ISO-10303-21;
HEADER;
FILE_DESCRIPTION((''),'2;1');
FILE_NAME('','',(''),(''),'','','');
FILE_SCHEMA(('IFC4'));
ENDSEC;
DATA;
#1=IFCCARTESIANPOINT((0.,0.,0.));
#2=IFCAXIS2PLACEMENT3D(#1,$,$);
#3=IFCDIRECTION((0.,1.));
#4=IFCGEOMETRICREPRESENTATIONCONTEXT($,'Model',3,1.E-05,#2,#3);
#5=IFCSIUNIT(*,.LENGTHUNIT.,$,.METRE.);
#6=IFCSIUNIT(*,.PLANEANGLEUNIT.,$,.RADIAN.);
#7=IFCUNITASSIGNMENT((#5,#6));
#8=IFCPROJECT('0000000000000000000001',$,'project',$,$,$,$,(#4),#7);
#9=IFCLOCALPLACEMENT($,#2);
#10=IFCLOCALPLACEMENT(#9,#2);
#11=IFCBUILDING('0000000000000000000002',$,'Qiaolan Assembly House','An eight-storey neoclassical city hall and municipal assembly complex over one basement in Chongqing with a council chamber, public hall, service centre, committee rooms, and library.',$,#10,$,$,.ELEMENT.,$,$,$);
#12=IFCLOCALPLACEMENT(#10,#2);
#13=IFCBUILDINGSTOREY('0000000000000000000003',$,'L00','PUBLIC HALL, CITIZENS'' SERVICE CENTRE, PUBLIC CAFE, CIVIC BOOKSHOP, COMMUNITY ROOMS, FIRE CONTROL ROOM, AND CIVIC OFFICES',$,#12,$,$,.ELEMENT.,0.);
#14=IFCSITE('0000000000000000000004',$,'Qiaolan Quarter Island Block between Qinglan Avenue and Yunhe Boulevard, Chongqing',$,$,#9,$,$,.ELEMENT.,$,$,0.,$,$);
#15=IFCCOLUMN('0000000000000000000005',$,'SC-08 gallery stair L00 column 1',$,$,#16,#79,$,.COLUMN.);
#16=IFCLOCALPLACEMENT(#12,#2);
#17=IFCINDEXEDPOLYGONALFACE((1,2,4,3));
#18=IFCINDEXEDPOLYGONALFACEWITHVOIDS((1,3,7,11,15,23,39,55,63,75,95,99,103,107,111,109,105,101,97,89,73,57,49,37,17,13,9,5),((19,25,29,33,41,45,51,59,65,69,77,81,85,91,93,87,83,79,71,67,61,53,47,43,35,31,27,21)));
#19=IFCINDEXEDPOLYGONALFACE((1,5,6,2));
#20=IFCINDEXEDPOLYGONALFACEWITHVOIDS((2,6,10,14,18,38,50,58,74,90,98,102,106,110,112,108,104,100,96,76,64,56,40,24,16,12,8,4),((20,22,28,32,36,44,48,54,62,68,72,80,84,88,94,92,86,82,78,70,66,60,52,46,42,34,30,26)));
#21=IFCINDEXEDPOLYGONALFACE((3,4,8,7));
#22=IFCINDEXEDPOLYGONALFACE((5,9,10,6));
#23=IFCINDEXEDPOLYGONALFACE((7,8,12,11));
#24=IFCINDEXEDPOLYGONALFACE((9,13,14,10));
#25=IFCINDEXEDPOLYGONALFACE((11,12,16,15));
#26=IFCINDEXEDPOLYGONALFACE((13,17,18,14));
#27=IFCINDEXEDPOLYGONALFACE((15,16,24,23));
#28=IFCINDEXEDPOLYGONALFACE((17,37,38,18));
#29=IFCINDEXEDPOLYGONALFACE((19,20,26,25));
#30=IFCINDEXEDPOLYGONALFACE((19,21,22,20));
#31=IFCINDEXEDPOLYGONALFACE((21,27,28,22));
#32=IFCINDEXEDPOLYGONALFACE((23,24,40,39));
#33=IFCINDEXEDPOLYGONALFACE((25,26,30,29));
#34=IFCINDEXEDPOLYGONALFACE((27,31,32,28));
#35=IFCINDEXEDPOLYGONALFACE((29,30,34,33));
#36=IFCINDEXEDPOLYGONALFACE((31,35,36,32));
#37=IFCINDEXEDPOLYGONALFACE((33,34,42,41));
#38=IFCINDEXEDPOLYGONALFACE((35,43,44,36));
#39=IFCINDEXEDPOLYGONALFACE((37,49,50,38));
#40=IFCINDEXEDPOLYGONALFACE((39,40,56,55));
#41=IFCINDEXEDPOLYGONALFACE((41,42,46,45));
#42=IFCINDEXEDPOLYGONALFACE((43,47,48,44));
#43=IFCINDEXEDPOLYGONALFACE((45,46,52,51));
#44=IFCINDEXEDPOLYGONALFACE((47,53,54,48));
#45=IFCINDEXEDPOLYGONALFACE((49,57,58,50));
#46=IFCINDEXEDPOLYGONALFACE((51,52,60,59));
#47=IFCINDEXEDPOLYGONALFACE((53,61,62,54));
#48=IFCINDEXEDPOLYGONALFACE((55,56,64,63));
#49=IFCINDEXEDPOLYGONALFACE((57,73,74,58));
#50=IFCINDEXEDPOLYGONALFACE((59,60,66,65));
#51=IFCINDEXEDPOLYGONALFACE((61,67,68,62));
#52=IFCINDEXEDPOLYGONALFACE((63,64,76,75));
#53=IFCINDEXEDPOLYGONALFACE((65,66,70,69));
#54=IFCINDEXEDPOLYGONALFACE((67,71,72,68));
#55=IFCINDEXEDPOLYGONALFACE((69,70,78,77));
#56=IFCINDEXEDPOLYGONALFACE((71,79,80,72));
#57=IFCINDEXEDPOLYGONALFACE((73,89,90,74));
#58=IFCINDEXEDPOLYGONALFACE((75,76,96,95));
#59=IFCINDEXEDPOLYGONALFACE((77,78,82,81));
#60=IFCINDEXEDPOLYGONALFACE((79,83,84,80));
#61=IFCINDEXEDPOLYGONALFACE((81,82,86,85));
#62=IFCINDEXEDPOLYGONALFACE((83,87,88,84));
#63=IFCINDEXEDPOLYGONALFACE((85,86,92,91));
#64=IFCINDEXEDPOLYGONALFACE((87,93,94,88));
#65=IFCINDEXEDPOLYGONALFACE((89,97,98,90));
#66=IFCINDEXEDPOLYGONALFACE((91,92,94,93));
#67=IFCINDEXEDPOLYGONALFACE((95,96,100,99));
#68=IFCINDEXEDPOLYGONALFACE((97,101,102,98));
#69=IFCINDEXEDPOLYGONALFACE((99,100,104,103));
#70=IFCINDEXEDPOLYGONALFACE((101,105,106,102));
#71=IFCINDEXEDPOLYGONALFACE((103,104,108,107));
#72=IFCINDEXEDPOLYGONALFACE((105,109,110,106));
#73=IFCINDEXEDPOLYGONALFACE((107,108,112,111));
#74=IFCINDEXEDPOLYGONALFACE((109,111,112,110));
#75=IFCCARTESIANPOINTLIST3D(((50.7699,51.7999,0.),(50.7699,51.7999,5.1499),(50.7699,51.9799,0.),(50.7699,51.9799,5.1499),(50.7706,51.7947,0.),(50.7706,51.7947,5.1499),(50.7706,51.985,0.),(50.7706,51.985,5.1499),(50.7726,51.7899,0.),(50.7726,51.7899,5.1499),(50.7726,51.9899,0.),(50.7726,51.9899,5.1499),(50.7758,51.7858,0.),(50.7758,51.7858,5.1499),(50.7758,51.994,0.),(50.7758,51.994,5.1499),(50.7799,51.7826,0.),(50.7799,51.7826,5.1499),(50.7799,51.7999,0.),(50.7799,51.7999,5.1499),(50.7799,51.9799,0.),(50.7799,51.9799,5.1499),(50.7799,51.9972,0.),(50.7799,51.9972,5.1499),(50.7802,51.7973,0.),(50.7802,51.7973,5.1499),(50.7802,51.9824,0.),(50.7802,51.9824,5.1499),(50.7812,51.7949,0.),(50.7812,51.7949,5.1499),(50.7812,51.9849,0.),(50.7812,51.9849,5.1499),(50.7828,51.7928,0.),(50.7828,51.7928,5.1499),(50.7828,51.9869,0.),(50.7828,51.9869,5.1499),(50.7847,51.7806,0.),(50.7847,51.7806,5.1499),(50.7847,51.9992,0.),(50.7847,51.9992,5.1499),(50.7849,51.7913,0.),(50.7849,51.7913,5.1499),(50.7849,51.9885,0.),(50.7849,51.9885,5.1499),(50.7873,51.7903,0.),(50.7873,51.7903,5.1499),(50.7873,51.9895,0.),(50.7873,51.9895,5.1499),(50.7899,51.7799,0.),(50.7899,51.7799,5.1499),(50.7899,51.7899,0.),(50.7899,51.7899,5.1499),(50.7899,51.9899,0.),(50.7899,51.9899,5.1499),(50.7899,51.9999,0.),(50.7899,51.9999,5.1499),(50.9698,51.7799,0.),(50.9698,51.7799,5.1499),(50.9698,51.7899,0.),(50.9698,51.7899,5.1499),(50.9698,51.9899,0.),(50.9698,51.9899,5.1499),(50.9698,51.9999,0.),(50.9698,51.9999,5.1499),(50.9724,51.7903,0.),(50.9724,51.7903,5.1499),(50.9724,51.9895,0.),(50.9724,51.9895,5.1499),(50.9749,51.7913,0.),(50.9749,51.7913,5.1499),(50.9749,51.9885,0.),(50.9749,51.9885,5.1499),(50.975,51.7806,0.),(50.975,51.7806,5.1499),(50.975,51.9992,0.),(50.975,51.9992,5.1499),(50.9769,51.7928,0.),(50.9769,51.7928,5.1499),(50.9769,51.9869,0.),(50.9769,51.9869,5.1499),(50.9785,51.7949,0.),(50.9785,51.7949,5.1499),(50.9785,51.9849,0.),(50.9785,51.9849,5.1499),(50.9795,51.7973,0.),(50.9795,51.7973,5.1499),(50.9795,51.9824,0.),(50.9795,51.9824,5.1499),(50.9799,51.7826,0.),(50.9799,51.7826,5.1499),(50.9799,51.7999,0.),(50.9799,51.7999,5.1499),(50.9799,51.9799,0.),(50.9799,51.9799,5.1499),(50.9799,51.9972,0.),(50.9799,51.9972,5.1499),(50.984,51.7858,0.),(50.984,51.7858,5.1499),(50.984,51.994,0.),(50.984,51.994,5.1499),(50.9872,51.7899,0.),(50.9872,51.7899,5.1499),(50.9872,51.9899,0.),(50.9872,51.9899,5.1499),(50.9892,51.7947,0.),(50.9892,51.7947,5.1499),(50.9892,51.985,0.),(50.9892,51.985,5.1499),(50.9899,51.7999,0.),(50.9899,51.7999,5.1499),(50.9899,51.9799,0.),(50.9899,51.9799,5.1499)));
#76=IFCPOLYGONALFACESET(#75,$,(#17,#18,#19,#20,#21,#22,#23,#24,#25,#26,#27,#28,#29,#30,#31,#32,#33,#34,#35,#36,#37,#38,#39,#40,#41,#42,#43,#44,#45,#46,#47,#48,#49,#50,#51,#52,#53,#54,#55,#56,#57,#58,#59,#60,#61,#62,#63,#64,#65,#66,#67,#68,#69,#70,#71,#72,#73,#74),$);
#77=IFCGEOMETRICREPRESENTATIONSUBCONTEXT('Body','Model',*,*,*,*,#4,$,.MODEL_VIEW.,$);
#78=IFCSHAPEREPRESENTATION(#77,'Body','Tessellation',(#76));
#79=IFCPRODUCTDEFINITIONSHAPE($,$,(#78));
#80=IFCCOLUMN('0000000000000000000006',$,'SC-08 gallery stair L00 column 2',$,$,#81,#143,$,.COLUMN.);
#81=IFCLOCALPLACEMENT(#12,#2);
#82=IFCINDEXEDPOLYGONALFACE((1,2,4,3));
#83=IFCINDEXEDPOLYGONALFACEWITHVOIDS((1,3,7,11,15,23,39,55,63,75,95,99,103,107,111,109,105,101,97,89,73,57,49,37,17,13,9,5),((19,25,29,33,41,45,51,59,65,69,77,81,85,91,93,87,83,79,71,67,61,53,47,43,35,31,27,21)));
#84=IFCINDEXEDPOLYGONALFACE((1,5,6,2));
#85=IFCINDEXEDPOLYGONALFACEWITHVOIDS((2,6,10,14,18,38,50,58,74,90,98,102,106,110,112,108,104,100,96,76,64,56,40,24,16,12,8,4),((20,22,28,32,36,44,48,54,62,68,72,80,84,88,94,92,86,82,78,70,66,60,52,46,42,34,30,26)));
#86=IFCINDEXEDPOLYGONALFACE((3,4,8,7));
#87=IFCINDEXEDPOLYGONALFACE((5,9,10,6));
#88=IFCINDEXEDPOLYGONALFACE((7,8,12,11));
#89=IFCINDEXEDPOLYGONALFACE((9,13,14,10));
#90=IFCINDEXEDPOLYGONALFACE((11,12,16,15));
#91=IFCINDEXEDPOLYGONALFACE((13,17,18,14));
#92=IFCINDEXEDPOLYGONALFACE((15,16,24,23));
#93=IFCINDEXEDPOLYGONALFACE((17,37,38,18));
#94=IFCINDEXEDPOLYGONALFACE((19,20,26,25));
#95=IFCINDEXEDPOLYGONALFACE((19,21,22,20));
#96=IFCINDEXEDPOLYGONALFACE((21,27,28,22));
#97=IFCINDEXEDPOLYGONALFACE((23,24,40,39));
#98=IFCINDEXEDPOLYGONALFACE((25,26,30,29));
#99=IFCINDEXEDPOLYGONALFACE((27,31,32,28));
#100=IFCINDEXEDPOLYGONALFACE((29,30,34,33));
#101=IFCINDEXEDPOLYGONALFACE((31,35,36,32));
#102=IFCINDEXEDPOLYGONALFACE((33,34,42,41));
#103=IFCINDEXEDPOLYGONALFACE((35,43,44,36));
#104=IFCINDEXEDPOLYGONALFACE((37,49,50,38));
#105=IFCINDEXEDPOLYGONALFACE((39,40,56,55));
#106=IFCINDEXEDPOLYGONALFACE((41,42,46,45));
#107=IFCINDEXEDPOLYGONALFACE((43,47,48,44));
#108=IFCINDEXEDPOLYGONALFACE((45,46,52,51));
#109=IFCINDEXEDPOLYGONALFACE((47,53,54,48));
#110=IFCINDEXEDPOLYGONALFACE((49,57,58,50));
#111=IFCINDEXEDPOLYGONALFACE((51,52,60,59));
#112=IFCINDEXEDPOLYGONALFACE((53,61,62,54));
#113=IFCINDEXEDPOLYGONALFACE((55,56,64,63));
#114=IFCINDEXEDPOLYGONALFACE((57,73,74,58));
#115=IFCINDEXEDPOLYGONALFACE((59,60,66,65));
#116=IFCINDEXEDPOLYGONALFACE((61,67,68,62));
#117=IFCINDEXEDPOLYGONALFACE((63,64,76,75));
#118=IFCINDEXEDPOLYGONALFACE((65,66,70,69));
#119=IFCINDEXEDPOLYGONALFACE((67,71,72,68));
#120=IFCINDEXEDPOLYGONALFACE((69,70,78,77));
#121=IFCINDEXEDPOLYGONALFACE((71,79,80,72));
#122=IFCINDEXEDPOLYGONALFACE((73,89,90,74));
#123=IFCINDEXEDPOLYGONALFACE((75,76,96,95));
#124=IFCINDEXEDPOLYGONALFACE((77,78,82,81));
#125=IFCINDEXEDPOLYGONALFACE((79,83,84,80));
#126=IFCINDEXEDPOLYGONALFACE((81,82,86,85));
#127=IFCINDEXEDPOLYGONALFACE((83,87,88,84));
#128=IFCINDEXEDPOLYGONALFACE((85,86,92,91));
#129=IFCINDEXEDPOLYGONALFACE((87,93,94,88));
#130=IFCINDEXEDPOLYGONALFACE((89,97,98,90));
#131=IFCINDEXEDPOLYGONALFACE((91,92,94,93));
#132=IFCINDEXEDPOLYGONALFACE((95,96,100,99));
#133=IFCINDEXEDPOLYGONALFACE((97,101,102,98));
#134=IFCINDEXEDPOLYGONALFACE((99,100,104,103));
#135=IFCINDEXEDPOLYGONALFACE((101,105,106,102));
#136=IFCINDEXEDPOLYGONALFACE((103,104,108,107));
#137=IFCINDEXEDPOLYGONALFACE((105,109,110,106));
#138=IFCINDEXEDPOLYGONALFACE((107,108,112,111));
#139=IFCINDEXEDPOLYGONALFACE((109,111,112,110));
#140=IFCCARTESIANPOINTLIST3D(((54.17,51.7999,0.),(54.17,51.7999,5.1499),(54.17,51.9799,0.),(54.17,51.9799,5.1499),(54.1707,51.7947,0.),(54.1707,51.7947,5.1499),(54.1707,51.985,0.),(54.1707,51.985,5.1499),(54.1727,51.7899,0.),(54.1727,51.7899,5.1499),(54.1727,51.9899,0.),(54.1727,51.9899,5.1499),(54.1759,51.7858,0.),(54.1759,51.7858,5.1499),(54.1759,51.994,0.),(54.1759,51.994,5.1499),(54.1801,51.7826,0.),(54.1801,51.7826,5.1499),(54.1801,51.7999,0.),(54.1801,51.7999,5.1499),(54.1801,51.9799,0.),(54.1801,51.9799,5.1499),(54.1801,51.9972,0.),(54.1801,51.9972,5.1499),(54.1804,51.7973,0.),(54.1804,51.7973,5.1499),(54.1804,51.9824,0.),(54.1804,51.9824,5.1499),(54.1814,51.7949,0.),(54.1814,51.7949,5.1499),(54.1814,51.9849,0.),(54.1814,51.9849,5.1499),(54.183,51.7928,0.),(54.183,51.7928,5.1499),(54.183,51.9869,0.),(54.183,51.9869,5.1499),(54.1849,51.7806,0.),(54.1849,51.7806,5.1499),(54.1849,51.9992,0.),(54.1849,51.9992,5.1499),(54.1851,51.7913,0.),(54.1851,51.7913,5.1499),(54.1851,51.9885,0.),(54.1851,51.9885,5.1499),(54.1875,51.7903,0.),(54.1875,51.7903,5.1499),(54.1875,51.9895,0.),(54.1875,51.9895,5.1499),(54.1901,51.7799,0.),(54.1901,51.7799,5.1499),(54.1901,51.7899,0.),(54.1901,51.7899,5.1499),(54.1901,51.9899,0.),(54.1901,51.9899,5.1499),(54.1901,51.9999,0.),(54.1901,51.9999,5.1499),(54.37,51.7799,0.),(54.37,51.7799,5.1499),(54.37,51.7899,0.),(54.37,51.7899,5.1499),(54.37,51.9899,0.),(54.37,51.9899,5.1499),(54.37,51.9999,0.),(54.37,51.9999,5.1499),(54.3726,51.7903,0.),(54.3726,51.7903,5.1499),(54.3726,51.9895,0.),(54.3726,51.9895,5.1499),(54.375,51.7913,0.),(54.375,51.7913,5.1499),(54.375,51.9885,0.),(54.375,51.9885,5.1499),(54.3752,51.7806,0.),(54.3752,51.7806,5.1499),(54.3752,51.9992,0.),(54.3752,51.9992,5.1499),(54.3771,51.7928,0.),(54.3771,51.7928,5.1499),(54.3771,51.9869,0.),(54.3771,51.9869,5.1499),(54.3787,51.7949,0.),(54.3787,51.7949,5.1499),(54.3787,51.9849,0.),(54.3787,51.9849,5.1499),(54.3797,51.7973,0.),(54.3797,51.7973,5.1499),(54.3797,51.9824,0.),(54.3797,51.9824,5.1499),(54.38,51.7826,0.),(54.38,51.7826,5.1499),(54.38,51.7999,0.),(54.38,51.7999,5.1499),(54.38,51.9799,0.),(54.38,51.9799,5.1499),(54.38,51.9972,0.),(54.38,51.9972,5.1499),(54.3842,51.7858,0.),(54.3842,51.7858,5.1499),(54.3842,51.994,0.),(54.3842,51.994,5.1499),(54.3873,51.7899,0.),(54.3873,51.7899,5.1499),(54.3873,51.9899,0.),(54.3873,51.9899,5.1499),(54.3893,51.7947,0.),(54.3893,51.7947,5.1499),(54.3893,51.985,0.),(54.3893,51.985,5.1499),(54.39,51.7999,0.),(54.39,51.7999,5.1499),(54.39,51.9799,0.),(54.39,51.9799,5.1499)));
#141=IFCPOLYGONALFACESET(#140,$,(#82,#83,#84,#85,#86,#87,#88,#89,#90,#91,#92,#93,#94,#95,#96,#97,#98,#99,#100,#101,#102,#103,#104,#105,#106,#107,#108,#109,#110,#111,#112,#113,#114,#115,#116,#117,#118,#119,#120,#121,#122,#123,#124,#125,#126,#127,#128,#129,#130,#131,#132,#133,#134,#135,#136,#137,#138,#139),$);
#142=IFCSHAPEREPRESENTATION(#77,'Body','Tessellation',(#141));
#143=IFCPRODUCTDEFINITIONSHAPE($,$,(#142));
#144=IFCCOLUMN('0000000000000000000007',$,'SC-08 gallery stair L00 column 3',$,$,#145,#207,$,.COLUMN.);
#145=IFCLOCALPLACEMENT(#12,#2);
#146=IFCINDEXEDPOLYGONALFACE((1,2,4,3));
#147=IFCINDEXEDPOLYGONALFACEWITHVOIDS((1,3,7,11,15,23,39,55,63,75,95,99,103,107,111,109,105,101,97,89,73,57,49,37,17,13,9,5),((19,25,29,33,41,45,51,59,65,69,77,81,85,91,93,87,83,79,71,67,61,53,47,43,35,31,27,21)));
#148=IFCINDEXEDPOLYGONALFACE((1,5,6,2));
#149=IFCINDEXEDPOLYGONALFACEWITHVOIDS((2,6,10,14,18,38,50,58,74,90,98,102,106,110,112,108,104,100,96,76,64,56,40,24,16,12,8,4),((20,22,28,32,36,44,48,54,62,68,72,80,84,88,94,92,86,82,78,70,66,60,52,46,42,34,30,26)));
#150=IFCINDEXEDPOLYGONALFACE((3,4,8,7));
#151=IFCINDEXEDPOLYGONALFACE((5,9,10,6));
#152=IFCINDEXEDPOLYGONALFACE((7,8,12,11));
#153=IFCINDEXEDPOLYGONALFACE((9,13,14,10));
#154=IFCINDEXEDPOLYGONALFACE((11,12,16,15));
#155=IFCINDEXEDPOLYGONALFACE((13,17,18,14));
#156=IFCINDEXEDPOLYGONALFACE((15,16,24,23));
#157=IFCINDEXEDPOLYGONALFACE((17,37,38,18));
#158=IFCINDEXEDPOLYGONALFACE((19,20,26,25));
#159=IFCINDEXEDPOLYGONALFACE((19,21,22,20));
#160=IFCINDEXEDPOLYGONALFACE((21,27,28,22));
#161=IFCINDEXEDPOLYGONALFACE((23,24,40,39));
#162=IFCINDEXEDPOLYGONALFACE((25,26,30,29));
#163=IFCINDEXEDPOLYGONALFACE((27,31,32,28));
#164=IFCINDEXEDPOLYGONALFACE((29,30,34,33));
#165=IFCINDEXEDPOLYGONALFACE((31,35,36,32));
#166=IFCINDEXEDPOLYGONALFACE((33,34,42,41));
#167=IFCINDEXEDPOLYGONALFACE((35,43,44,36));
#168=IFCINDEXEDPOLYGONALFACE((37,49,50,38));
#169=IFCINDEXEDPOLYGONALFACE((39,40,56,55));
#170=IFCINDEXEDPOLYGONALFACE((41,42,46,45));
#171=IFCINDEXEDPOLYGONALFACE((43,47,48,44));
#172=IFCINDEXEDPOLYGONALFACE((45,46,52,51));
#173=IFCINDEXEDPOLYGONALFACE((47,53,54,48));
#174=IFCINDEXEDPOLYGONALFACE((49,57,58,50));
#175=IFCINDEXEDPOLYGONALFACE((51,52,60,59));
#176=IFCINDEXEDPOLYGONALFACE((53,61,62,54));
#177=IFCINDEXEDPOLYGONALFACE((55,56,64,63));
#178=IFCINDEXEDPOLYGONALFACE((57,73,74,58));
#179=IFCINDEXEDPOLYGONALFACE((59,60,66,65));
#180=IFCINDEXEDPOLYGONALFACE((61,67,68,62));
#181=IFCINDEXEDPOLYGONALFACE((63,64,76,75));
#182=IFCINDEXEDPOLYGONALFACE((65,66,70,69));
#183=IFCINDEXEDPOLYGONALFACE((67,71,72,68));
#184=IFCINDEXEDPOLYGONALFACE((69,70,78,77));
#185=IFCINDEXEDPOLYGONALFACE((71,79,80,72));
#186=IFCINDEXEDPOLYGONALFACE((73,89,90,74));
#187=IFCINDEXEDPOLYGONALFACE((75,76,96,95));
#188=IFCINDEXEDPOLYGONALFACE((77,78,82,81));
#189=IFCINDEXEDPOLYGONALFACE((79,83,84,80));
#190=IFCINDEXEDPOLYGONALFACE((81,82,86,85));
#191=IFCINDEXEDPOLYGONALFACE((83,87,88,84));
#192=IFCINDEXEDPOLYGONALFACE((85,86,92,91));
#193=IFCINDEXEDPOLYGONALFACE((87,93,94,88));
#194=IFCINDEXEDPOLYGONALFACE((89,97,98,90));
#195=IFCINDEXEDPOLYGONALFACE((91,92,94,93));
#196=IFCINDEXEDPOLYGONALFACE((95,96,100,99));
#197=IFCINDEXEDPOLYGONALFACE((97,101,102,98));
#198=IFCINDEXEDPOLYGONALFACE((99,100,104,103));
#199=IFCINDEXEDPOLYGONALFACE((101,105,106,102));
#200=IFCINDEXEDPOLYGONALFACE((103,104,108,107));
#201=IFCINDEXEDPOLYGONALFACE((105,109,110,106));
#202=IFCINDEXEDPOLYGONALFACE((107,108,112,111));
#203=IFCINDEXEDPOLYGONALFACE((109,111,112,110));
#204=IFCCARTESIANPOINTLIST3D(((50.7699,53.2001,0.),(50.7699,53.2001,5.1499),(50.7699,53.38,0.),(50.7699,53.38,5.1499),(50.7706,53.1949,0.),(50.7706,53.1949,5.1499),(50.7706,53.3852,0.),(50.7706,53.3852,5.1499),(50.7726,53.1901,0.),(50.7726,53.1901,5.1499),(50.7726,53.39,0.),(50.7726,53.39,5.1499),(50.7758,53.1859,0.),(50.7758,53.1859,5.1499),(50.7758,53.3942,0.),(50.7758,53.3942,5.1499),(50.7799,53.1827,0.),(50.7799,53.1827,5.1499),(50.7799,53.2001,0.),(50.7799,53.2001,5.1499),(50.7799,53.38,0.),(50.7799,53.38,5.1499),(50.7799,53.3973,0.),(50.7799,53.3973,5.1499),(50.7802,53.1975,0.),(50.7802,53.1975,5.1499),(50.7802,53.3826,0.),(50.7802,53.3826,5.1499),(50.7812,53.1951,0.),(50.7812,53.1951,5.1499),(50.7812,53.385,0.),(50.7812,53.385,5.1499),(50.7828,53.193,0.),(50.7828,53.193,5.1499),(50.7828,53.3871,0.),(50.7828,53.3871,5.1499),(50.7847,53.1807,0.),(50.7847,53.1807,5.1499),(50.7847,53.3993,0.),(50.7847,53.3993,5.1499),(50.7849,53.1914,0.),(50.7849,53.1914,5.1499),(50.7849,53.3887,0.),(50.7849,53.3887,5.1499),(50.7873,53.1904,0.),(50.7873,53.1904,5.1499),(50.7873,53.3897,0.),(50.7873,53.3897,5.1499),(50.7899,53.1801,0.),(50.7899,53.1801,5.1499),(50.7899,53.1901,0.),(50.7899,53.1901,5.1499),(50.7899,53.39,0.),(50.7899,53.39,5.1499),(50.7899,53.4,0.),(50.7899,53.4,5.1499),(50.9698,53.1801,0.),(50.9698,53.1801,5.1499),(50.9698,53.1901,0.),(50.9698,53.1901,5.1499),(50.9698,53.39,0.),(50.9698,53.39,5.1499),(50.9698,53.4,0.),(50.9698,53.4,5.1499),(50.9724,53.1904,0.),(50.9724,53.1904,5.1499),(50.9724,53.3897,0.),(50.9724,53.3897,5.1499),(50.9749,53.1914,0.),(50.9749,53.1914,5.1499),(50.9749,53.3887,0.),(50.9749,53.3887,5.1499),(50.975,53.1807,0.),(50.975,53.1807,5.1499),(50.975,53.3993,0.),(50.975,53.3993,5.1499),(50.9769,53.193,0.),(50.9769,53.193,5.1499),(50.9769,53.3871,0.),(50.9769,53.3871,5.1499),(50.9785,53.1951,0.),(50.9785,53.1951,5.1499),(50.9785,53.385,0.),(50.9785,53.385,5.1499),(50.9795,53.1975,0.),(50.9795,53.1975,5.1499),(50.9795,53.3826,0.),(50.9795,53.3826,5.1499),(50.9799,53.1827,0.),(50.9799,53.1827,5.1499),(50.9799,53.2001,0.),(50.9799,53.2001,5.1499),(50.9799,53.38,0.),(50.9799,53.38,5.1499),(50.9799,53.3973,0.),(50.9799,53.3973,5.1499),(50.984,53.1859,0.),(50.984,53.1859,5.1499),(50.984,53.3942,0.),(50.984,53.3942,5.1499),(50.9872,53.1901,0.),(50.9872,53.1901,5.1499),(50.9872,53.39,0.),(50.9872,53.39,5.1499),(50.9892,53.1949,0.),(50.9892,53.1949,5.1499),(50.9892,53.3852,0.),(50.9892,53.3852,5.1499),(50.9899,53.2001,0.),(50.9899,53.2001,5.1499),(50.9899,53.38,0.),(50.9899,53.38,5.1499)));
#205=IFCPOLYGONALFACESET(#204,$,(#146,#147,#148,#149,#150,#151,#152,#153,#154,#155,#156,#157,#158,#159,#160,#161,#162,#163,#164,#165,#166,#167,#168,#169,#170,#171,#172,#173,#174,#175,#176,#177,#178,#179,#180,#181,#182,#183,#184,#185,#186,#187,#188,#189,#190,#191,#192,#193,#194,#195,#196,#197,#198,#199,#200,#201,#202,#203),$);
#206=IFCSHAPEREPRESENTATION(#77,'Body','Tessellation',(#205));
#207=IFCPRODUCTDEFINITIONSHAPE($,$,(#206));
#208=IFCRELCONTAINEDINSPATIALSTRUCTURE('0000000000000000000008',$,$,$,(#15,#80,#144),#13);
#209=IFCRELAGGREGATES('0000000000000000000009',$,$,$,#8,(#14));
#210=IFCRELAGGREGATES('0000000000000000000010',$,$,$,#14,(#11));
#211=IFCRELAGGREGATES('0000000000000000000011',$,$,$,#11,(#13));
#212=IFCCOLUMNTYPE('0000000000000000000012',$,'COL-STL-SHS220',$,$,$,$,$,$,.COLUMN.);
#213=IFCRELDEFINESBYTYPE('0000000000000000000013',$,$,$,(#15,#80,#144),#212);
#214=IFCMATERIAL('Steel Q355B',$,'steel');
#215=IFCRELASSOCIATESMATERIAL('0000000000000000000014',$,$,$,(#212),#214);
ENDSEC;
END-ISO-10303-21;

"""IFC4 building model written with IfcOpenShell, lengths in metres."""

from ifc_helpers import new_model, si_unit, direction, frame, origin, origin_2d, place, context, subcontext, project, spatial, hollow_rectangle, extrude, material, material_profile, profile_set, type_object, element, save


model = new_model("IFC4")

# Units and contexts
model_context = context("Model", 3, precision=1e-05, world=origin(), true_north=direction((0.0, 1.0)))
body_context = subcontext(model_context, "Body", "Model", "MODEL_VIEW")
ifc_project = project(units=[si_unit("LENGTHUNIT", "METRE"), si_unit("PLANEANGLEUNIT", "RADIAN")], contexts=[model_context])

# Site, building, storey
site_placement = place(None, origin())
site = spatial("IfcSite", under=ifc_project, at=site_placement, Name="Qiaolan Quarter Island Block between Qinglan Avenue and Yunhe Boulevard, Chongqing", CompositionType="ELEMENT", RefElevation=0.0)
building_placement = place(site_placement, origin())
building = spatial("IfcBuilding", under=site, at=building_placement, Name="Qiaolan Assembly House", Description="An eight-storey neoclassical city hall and municipal assembly complex over one basement in Chongqing with a council chamber, public hall, service centre, committee rooms, and library.", CompositionType="ELEMENT")
storey_placement = place(building_placement, origin())
storey = spatial("IfcBuildingStorey", under=building, at=storey_placement, Name="L00", Description="PUBLIC HALL, CITIZENS' SERVICE CENTRE, PUBLIC CAFE, CIVIC BOOKSHOP, COMMUNITY ROOMS, FIRE CONTROL ROOM, AND CIVIC OFFICES", CompositionType="ELEMENT", Elevation=0.0)

# Columns
ifc_material_1 = material(Name="Steel Q355B", Category="steel")
ifc_material_profile_1 = material_profile(ifc_material_1, hollow_rectangle(XDim=0.22, YDim=0.22, WallThickness=0.01, InnerFilletRadius=0.01, OuterFilletRadius=0.02, at=origin_2d()), Name="SHS 220x220x10")
ifc_profile_set_1 = profile_set([ifc_material_profile_1], Name="Steel Q355B")
column_type_1 = type_object("IfcColumnType", Name="COL-STL-SHS220", PredefinedType="COLUMN", material=ifc_profile_set_1)
for number, where, z_axis, x_axis, name in (
    (1, (50.8799, 51.8899, 0.0), (0.0, 0.0, 1.0), (1.0, 0.0, 0.0), "SC-08 gallery stair L00 column 1"),
    (2, (54.28, 51.8899, 0.0), (0.0, 0.0, 1.0), (1.0, 0.0, 0.0), "SC-08 gallery stair L00 column 2"),
    (3, (50.8799, 53.29, 0.0), (0.0, 0.0, 1.0), (1.0, 0.0, 0.0), "SC-08 gallery stair L00 column 3"),
):
    element("IfcColumn", number, at=place(storey_placement, frame(where, z_axis=z_axis, x_axis=x_axis)), inside=storey, type_object=column_type_1, Name=name, PredefinedType="COLUMN", context=body_context, shape_type="SweptSolid", body=[
        extrude(hollow_rectangle(XDim=0.22, YDim=0.22, WallThickness=0.01, InnerFilletRadius=0.01, OuterFilletRadius=0.02, at=origin_2d()), origin(), (0.0, 0.0, 1.0), 5.1499),
    ])

save(model, "model.ifc")
